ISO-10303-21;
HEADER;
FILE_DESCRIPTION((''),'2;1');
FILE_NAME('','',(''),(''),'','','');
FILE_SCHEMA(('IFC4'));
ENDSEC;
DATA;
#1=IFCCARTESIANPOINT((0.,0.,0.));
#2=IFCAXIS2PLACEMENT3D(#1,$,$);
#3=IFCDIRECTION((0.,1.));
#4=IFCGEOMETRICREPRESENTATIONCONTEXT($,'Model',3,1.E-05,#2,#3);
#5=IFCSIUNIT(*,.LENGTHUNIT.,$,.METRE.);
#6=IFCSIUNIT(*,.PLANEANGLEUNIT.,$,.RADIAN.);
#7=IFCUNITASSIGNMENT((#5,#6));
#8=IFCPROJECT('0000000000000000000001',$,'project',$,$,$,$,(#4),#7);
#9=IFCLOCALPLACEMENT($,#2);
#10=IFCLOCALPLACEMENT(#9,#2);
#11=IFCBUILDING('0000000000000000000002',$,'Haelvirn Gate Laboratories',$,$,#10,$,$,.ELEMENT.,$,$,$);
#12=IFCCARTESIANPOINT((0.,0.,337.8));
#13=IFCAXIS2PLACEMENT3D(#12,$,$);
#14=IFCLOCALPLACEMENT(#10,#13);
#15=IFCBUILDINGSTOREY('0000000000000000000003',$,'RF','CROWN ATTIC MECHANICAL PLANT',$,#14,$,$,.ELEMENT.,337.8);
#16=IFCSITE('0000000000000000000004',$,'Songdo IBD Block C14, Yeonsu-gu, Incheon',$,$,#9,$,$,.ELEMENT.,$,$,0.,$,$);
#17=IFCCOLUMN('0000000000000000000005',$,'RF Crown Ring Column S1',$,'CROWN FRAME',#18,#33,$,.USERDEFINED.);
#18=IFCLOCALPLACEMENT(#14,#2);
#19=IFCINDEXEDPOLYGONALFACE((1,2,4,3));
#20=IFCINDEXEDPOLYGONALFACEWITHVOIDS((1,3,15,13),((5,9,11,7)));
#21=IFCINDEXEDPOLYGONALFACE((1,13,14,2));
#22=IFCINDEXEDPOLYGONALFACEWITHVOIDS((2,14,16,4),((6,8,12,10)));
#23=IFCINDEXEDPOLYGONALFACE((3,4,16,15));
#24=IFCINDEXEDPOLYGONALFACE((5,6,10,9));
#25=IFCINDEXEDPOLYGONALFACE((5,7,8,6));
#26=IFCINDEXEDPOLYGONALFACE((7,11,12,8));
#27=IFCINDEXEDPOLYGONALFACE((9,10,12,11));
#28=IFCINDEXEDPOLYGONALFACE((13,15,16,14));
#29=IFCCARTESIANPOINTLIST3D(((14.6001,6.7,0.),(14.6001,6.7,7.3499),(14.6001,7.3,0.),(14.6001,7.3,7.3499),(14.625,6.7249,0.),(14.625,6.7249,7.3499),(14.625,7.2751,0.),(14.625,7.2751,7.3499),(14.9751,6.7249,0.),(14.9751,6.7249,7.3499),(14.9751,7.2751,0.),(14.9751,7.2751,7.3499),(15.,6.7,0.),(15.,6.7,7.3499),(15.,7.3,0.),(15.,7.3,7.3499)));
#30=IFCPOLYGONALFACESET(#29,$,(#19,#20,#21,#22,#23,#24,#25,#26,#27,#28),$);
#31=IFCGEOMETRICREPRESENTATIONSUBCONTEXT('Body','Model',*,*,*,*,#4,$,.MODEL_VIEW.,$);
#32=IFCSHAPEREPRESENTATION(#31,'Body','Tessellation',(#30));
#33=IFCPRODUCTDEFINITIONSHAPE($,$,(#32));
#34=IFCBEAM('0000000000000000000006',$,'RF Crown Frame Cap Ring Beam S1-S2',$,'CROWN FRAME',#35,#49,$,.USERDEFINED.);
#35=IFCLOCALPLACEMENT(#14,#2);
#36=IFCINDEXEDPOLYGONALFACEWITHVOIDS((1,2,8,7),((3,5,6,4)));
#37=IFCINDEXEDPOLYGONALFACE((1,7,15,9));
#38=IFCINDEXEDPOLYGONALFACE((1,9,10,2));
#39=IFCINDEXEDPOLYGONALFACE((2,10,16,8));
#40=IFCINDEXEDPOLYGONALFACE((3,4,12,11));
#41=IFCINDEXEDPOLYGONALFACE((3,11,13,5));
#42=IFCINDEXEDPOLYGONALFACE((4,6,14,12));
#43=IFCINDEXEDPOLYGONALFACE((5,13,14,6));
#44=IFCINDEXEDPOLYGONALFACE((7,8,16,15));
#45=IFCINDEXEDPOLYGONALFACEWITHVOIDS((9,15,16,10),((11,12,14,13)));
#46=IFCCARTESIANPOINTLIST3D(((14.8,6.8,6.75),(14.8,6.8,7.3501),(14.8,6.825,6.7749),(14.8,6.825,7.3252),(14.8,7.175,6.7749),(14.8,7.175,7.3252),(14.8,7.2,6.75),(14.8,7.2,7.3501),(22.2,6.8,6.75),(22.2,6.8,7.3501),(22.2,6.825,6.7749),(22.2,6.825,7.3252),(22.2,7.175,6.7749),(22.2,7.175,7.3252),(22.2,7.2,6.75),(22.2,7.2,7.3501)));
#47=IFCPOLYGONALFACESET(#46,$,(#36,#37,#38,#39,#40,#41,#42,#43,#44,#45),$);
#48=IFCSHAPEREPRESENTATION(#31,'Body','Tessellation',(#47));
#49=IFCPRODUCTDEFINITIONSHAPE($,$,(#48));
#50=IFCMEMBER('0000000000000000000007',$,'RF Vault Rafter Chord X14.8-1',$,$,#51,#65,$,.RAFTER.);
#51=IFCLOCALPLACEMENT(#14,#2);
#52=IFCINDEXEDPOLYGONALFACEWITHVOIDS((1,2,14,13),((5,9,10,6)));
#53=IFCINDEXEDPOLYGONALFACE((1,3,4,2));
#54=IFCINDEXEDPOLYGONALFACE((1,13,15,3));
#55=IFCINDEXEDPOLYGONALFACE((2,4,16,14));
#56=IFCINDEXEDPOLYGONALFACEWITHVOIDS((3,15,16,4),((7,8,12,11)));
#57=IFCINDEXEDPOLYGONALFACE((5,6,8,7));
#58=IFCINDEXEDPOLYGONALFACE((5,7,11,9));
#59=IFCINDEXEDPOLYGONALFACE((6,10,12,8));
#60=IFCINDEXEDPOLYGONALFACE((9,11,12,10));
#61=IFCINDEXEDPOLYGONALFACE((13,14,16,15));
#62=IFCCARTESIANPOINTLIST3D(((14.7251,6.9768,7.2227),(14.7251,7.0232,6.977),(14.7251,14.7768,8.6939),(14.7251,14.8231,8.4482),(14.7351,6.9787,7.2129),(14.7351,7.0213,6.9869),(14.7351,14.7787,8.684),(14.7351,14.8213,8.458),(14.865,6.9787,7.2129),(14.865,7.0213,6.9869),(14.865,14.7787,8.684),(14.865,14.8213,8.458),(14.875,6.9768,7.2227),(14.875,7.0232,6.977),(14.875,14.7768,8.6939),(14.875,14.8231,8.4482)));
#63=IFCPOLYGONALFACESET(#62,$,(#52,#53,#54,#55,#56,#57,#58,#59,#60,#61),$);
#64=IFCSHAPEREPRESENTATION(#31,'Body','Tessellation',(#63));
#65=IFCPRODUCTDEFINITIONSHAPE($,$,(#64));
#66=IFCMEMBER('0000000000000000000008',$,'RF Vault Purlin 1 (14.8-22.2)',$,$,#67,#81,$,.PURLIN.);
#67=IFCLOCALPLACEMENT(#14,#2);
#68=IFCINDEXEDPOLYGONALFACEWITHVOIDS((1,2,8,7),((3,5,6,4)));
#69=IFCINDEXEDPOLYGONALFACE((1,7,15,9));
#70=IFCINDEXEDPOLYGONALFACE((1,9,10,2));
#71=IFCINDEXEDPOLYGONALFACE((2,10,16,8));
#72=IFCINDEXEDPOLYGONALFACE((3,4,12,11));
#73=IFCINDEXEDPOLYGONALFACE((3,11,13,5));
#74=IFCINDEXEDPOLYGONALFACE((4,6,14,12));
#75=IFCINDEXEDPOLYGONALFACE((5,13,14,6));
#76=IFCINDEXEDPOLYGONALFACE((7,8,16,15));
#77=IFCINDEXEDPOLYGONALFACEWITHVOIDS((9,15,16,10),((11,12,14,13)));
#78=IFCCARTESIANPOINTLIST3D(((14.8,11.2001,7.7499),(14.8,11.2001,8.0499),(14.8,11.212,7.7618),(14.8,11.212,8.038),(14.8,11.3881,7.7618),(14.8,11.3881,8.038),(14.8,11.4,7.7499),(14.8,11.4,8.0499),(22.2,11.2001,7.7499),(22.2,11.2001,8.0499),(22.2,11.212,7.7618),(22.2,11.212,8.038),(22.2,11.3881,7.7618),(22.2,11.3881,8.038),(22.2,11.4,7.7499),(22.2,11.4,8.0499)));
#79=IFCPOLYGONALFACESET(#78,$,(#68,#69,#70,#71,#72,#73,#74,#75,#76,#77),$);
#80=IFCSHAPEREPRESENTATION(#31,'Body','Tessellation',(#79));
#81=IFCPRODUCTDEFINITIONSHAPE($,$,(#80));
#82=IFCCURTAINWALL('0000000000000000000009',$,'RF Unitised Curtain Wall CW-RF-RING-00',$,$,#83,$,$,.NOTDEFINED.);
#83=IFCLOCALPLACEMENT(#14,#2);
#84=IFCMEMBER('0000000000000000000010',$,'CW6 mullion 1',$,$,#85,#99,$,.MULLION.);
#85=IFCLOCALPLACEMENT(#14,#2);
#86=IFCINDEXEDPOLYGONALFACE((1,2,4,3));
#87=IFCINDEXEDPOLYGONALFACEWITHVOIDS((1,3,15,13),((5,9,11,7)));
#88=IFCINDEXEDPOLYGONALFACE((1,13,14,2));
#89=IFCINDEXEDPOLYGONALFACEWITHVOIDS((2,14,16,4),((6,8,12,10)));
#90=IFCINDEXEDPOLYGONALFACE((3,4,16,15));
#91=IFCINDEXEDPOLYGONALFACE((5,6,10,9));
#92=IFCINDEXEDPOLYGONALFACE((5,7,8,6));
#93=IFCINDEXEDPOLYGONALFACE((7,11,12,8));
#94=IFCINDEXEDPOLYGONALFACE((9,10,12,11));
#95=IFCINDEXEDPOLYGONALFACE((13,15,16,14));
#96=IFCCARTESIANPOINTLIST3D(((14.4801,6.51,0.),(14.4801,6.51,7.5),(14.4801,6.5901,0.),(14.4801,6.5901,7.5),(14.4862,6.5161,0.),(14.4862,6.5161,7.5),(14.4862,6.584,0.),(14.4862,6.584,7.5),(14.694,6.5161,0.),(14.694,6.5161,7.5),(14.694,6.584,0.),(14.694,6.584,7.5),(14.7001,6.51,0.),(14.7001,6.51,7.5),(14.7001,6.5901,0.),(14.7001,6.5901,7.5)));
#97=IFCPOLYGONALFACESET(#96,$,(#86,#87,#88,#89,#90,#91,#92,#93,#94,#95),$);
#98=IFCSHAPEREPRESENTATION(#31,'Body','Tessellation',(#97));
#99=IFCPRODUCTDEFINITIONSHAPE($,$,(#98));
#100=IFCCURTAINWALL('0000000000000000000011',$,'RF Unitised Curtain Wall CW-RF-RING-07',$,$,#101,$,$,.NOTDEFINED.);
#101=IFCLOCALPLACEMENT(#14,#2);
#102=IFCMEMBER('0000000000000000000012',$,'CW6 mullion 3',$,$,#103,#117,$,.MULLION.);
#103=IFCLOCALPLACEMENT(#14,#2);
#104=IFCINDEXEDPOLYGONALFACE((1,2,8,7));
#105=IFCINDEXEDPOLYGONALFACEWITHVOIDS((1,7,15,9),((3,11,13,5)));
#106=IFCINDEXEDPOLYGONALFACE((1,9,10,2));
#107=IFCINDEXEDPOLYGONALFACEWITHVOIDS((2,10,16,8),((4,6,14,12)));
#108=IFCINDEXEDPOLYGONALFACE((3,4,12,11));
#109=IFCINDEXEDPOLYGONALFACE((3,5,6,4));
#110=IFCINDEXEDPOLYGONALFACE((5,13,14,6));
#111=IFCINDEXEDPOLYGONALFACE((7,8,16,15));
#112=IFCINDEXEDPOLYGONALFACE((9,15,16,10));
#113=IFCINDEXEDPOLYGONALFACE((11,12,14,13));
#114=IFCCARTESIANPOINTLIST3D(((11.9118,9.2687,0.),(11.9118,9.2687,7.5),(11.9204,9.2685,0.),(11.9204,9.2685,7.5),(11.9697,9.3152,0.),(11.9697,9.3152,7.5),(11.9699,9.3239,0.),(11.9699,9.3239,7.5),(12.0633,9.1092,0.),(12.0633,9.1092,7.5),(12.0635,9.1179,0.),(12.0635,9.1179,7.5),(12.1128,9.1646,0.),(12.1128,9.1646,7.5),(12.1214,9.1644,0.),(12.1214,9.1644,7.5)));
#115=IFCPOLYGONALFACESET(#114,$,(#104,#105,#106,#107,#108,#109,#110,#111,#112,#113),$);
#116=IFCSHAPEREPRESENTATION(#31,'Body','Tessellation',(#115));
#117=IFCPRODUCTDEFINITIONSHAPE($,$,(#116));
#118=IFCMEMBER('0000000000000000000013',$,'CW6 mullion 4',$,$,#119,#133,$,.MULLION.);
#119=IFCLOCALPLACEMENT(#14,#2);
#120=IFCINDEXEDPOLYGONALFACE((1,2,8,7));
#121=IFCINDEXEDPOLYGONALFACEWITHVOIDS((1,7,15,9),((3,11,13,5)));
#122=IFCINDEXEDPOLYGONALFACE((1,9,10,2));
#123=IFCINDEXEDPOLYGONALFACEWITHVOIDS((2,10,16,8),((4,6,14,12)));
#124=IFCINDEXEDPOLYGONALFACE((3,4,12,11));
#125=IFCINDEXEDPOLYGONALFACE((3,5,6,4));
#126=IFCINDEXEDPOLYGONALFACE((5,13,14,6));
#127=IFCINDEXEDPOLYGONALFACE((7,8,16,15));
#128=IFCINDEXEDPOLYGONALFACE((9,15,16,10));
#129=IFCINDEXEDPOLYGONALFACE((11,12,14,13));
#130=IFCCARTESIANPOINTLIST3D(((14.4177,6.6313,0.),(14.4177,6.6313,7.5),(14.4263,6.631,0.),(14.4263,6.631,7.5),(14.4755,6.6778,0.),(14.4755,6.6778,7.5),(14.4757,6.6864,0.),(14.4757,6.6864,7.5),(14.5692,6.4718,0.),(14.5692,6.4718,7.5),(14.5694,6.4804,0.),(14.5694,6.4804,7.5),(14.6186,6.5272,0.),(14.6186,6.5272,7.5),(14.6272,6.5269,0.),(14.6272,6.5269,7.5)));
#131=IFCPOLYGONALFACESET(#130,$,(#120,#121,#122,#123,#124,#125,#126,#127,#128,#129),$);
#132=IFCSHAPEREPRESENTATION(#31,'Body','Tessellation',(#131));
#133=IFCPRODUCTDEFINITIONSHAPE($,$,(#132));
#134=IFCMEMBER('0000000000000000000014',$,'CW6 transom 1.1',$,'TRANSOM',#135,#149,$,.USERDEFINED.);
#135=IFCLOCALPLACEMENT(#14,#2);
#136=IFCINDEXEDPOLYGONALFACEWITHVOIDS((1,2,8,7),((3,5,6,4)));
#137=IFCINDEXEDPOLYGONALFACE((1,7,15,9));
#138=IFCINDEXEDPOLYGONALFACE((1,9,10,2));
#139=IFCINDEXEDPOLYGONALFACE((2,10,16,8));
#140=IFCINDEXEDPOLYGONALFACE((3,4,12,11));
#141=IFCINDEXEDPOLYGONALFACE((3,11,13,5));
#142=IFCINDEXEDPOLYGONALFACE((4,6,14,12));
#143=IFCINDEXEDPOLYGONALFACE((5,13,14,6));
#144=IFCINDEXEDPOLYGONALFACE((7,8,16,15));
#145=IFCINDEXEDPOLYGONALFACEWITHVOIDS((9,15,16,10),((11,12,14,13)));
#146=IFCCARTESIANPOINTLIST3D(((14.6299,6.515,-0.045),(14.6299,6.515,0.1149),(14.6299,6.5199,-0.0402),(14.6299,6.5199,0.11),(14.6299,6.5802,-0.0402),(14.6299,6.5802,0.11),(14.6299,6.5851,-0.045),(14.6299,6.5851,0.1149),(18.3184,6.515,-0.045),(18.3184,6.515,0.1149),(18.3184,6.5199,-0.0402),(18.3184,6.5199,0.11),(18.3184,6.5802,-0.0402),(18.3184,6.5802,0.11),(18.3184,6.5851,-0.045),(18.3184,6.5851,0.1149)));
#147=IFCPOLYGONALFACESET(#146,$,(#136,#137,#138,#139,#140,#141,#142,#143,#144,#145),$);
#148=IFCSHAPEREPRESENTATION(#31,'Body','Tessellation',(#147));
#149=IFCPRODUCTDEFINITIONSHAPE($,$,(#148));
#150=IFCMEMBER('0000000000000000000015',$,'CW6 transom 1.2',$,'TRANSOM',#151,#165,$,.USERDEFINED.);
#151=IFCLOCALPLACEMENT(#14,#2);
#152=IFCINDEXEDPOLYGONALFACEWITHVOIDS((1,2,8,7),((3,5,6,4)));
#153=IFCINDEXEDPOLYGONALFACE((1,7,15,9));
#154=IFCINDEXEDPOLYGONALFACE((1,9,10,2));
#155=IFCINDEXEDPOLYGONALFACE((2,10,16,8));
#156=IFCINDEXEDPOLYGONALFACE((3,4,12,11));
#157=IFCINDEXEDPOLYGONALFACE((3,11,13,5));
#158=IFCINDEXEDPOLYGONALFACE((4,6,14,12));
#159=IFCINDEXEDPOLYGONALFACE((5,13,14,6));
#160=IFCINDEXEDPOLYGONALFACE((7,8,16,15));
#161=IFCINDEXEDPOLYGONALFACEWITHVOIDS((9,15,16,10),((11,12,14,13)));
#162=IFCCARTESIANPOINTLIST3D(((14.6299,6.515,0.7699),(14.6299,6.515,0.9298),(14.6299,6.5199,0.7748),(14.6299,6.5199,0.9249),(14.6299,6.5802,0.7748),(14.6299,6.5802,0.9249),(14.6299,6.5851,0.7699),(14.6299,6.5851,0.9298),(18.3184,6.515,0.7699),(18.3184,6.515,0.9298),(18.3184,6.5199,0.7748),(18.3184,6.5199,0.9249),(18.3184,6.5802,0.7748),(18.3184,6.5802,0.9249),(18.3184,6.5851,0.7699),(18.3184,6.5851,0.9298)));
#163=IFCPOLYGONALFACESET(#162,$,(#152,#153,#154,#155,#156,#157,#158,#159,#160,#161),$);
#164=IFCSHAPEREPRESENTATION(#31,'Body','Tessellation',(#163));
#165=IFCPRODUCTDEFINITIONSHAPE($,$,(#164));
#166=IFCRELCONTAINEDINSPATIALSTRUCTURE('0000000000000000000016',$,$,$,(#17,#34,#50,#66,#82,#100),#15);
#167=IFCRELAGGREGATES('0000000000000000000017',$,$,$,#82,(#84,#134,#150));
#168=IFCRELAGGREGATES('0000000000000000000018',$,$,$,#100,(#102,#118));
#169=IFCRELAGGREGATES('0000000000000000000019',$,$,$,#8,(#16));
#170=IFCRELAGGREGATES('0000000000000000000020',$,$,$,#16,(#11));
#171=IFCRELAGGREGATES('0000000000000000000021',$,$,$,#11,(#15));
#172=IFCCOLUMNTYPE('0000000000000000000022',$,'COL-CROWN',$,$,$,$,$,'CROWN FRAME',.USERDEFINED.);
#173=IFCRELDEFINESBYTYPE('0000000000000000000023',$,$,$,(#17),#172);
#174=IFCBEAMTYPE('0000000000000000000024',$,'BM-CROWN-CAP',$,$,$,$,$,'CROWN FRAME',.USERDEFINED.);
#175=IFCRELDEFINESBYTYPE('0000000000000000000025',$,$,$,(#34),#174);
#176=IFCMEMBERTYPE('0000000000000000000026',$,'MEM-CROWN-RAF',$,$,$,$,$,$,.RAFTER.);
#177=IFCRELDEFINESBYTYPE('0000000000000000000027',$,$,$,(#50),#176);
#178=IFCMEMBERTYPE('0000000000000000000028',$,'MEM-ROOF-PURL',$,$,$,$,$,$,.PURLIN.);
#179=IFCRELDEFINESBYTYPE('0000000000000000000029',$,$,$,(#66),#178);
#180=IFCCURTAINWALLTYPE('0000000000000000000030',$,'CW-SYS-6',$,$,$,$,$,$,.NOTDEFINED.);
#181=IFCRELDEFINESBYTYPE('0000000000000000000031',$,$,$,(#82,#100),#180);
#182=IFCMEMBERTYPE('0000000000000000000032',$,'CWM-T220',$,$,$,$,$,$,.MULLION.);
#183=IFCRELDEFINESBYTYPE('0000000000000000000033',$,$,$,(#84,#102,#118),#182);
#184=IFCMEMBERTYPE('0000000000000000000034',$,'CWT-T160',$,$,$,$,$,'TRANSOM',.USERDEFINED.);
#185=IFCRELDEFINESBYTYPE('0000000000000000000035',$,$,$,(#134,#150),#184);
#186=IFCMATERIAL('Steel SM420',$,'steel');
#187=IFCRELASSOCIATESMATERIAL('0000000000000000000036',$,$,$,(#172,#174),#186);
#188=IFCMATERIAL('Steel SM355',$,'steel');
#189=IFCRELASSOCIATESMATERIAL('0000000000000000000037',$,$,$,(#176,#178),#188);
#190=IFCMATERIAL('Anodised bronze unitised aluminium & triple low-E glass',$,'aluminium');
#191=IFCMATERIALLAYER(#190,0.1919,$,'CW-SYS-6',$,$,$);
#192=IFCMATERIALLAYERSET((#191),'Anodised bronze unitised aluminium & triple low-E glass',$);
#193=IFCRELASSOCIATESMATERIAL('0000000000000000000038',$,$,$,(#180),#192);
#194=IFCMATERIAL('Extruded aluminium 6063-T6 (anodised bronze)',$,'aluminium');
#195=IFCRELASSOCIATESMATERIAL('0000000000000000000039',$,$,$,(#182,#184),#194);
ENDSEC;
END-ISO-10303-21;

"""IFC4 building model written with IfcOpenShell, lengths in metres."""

from ifc_helpers import new_model, si_unit, direction, frame, origin, origin_2d, place, context, subcontext, project, spatial, hollow_rectangle, extrude, source, transform, mapped, material, layer, layer_set, material_profile, profile_set, type_object, type_shapes, element, aggregate, save


model = new_model("IFC4")

# Units and contexts
model_context = context("Model", 3, precision=1e-05, world=origin(), true_north=direction((0.0, 1.0)))
body_context = subcontext(model_context, "Body", "Model", "MODEL_VIEW")
ifc_project = project(units=[si_unit("LENGTHUNIT", "METRE"), si_unit("PLANEANGLEUNIT", "RADIAN")], contexts=[model_context])

# Site, building, storey
site_placement = place(None, origin())
site = spatial("IfcSite", under=ifc_project, at=site_placement, Name="Songdo IBD Block C14, Yeonsu-gu, Incheon", CompositionType="ELEMENT", RefElevation=0.0)
building_placement = place(site_placement, origin())
building = spatial("IfcBuilding", under=site, at=building_placement, Name="Haelvirn Gate Laboratories", CompositionType="ELEMENT")
storey_placement = place(building_placement, frame((0.0, 0.0, 337.8)))
storey = spatial("IfcBuildingStorey", under=building, at=storey_placement, Name="RF", Description="CROWN ATTIC MECHANICAL PLANT", CompositionType="ELEMENT", Elevation=337.8)

# Column
ifc_material_1 = material(Name="Steel SM420", Category="steel")
ifc_material_profile_1 = material_profile(ifc_material_1, hollow_rectangle(XDim=0.3999, YDim=0.6001, WallThickness=0.0249, at=origin_2d()), Name="BOX-600x400x25")
ifc_profile_set_1 = profile_set([ifc_material_profile_1], Name="Steel SM420")
column_type = type_object("IfcColumnType", Name="COL-CROWN", ElementType="CROWN FRAME", PredefinedType="USERDEFINED", material=ifc_profile_set_1)
shared_shape_1 = source(origin(), body_context, "Body", "SweptSolid", [
    extrude(hollow_rectangle(XDim=0.3999, YDim=0.6001, WallThickness=0.0249, at=origin_2d()), origin(), (0.0, 0.0, 1.0), 7.3499),
])
type_shapes(column_type, [shared_shape_1])
column_placement = place(storey_placement, frame((14.8, 7.0, 0.0), z_axis=(0.0, 0.0, 1.0), x_axis=(1.0, 0.0, 0.0)))
element("IfcColumn", 1, at=column_placement, inside=storey, type_object=column_type, Name="RF Crown Ring Column S1", ObjectType="CROWN FRAME", PredefinedType="USERDEFINED", context=body_context, shape_type="MappedRepresentation", body=[
    mapped(shared_shape_1, transform((0.0, 0.0, 0.0), scale=1.0)),
])

# Beam
ifc_material_profile_2 = material_profile(ifc_material_1, hollow_rectangle(XDim=0.3999, YDim=0.6001, WallThickness=0.0249, at=origin_2d()), Name="BOX-600x400x25")
ifc_profile_set_2 = profile_set([ifc_material_profile_2], Name="Steel SM420")
beam_type = type_object("IfcBeamType", Name="BM-CROWN-CAP", ElementType="CROWN FRAME", PredefinedType="USERDEFINED", material=ifc_profile_set_2)
shared_shape_2 = source(origin(), body_context, "Body", "SweptSolid", [
    extrude(hollow_rectangle(XDim=0.3999, YDim=0.6001, WallThickness=0.0249, at=origin_2d()), origin(), (0.0, 0.0, 1.0), 7.3999),
])
type_shapes(beam_type, [shared_shape_2])
beam_placement = place(storey_placement, frame((14.8, 7.0, 7.05), z_axis=(1.0, 0.0, 0.0), x_axis=(0.0, 1.0, 0.0)))
element("IfcBeam", 2, at=beam_placement, inside=storey, type_object=beam_type, Name="RF Crown Frame Cap Ring Beam S1-S2", ObjectType="CROWN FRAME", PredefinedType="USERDEFINED", context=body_context, shape_type="MappedRepresentation", body=[
    mapped(shared_shape_2, transform((0.0, 0.0, 0.0), scale=1.0)),
])

# Members
ifc_material_2 = material(Name="Steel SM355", Category="steel")
ifc_material_profile_3 = material_profile(ifc_material_2, hollow_rectangle(XDim=0.1499, YDim=0.25, WallThickness=0.01, at=origin_2d()), Name="RHS-250x150x10")
ifc_profile_set_3 = profile_set([ifc_material_profile_3], Name="Steel SM355")
member_type_1 = type_object("IfcMemberType", Name="MEM-CROWN-RAF", PredefinedType="RAFTER", material=ifc_profile_set_3)
shared_shape_3 = source(origin(), body_context, "Body", "SweptSolid", [
    extrude(hollow_rectangle(XDim=0.1499, YDim=0.25, WallThickness=0.01, at=origin_2d()), origin(), (0.0, 0.0, 1.0), 7.9375),
])
type_shapes(member_type_1, [shared_shape_3])
member_1_placement = place(storey_placement, frame((14.8, 7.0, 7.0999), z_axis=(0.0, 0.982673, 0.185345), x_axis=(-1.0, 0.0, 0.0)))
element("IfcMember", 3, at=member_1_placement, inside=storey, type_object=member_type_1, Name="RF Vault Rafter Chord X14.8-1", PredefinedType="RAFTER", context=body_context, shape_type="MappedRepresentation", body=[
    mapped(shared_shape_3, transform((0.0, 0.0, 0.0), scale=1.0)),
])
ifc_material_profile_4 = material_profile(ifc_material_2, hollow_rectangle(XDim=0.2, YDim=0.3, WallThickness=0.012, at=origin_2d()), Name="RHS-300x200x12")
ifc_profile_set_4 = profile_set([ifc_material_profile_4], Name="Steel SM355")
member_type_2 = type_object("IfcMemberType", Name="MEM-ROOF-PURL", PredefinedType="PURLIN", material=ifc_profile_set_4)
shared_shape_4 = source(origin(), body_context, "Body", "SweptSolid", [
    extrude(hollow_rectangle(XDim=0.2, YDim=0.3, WallThickness=0.012, at=origin_2d()), origin(), (0.0, 0.0, 1.0), 7.3999),
])
type_shapes(member_type_2, [shared_shape_4])
member_2_placement = place(storey_placement, frame((14.8, 11.3, 7.8999), z_axis=(1.0, 0.0, 0.0), x_axis=(0.0, 1.0, 0.0)))
element("IfcMember", 4, at=member_2_placement, inside=storey, type_object=member_type_2, Name="RF Vault Purlin 1 (14.8-22.2)", PredefinedType="PURLIN", context=body_context, shape_type="MappedRepresentation", body=[
    mapped(shared_shape_4, transform((0.0, 0.0, 0.0), scale=1.0)),
])

# Curtain wall, member
ifc_material_3 = material(Name="Anodised bronze unitised aluminium & triple low-E glass", Category="aluminium")
ifc_layer_1 = layer(ifc_material_3, 0.1919, Name="CW-SYS-6")
ifc_layer_set_1 = layer_set([ifc_layer_1], Name="Anodised bronze unitised aluminium & triple low-E glass")
curtain_wall_type = type_object("IfcCurtainWallType", Name="CW-SYS-6", PredefinedType="NOTDEFINED", material=ifc_layer_set_1)
curtain_wall_1_placement = place(storey_placement, origin())
curtain_wall_1 = element("IfcCurtainWall", 5, at=curtain_wall_1_placement, inside=storey, type_object=curtain_wall_type, Name="RF Unitised Curtain Wall CW-RF-RING-00", PredefinedType="NOTDEFINED")
ifc_material_4 = material(Name="Extruded aluminium 6063-T6 (anodised bronze)", Category="aluminium")
ifc_material_profile_5 = material_profile(ifc_material_4, hollow_rectangle(XDim=0.0801, YDim=0.22, WallThickness=0.0061, at=origin_2d()), Name="CWM-220x80x6")
ifc_profile_set_5 = profile_set([ifc_material_profile_5], Name="Extruded aluminium 6063-T6 (anodised bronze)")
member_type_3 = type_object("IfcMemberType", Name="CWM-T220", PredefinedType="MULLION", material=ifc_profile_set_5)
shared_shape_5 = source(origin(), body_context, "Body", "SweptSolid", [
    extrude(hollow_rectangle(XDim=0.0801, YDim=0.22, WallThickness=0.0061, at=origin_2d()), origin(), (0.0, 0.0, 1.0), 7.5),
])
type_shapes(member_type_3, [shared_shape_5])
member_3_placement = place(storey_placement, frame((14.5901, 6.55, 0.0), z_axis=(0.0, 0.0, 1.0), x_axis=(0.0, 1.0, 0.0)))
member_3 = element("IfcMember", 6, at=member_3_placement, type_object=member_type_3, Name="CW6 mullion 1", PredefinedType="MULLION", context=body_context, shape_type="MappedRepresentation", body=[
    mapped(shared_shape_5, transform((0.0, 0.0, 0.0), scale=1.0)),
])

# Curtain wall, members
curtain_wall_2_placement = place(storey_placement, origin())
curtain_wall_2 = element("IfcCurtainWall", 7, at=curtain_wall_2_placement, inside=storey, type_object=curtain_wall_type, Name="RF Unitised Curtain Wall CW-RF-RING-07", PredefinedType="NOTDEFINED")
member_4_placement = place(storey_placement, frame((12.0166, 9.2166, 0.0), z_axis=(0.0, 0.0, 1.0), x_axis=(0.724999, 0.688749, 0.0)))
member_4 = element("IfcMember", 8, at=member_4_placement, type_object=member_type_3, Name="CW6 mullion 3", PredefinedType="MULLION", context=body_context, shape_type="MappedRepresentation", body=[
    mapped(shared_shape_5, transform((0.0, 0.0, 0.0), scale=1.0)),
])
member_5_placement = place(storey_placement, frame((14.5225, 6.5791, 0.0), z_axis=(0.0, 0.0, 1.0), x_axis=(0.724999, 0.688749, 0.0)))
member_5 = element("IfcMember", 9, at=member_5_placement, type_object=member_type_3, Name="CW6 mullion 4", PredefinedType="MULLION", context=body_context, shape_type="MappedRepresentation", body=[
    mapped(shared_shape_5, transform((0.0, 0.0, 0.0), scale=1.0)),
])

# Members
ifc_material_profile_6 = material_profile(ifc_material_4, hollow_rectangle(XDim=0.0701, YDim=0.1599, WallThickness=0.0049, at=origin_2d()), Name="CWT-160x70x5")
ifc_profile_set_6 = profile_set([ifc_material_profile_6], Name="Extruded aluminium 6063-T6 (anodised bronze)")
member_type_4 = type_object("IfcMemberType", Name="CWT-T160", ElementType="TRANSOM", PredefinedType="USERDEFINED", material=ifc_profile_set_6)
shared_shape_6 = source(origin(), body_context, "Body", "SweptSolid", [
    extrude(hollow_rectangle(XDim=0.0701, YDim=0.1599, WallThickness=0.0049, at=origin_2d()), origin(), (0.0, 0.0, 1.0), 3.6885),
])
member_6_placement = place(storey_placement, frame((14.6299, 6.55, 0.0349), z_axis=(1.0, 0.0, 0.0), x_axis=(0.0, 1.0, 0.0)))
member_6 = element("IfcMember", 10, at=member_6_placement, type_object=member_type_4, Name="CW6 transom 1.1", ObjectType="TRANSOM", PredefinedType="USERDEFINED", context=body_context, shape_type="MappedRepresentation", body=[
    mapped(shared_shape_6, transform((0.0, 0.0, 0.0), scale=1.0)),
])
member_7_placement = place(storey_placement, frame((14.6299, 6.55, 0.8499), z_axis=(1.0, 0.0, 0.0), x_axis=(0.0, 1.0, 0.0)))
member_7 = element("IfcMember", 11, at=member_7_placement, type_object=member_type_4, Name="CW6 transom 1.2", ObjectType="TRANSOM", PredefinedType="USERDEFINED", context=body_context, shape_type="MappedRepresentation", body=[
    mapped(shared_shape_6, transform((0.0, 0.0, 0.0), scale=1.0)),
])
aggregate(curtain_wall_1, [member_3, member_6, member_7])

aggregate(curtain_wall_2, [member_4, member_5])

save(model, "model.ifc")
